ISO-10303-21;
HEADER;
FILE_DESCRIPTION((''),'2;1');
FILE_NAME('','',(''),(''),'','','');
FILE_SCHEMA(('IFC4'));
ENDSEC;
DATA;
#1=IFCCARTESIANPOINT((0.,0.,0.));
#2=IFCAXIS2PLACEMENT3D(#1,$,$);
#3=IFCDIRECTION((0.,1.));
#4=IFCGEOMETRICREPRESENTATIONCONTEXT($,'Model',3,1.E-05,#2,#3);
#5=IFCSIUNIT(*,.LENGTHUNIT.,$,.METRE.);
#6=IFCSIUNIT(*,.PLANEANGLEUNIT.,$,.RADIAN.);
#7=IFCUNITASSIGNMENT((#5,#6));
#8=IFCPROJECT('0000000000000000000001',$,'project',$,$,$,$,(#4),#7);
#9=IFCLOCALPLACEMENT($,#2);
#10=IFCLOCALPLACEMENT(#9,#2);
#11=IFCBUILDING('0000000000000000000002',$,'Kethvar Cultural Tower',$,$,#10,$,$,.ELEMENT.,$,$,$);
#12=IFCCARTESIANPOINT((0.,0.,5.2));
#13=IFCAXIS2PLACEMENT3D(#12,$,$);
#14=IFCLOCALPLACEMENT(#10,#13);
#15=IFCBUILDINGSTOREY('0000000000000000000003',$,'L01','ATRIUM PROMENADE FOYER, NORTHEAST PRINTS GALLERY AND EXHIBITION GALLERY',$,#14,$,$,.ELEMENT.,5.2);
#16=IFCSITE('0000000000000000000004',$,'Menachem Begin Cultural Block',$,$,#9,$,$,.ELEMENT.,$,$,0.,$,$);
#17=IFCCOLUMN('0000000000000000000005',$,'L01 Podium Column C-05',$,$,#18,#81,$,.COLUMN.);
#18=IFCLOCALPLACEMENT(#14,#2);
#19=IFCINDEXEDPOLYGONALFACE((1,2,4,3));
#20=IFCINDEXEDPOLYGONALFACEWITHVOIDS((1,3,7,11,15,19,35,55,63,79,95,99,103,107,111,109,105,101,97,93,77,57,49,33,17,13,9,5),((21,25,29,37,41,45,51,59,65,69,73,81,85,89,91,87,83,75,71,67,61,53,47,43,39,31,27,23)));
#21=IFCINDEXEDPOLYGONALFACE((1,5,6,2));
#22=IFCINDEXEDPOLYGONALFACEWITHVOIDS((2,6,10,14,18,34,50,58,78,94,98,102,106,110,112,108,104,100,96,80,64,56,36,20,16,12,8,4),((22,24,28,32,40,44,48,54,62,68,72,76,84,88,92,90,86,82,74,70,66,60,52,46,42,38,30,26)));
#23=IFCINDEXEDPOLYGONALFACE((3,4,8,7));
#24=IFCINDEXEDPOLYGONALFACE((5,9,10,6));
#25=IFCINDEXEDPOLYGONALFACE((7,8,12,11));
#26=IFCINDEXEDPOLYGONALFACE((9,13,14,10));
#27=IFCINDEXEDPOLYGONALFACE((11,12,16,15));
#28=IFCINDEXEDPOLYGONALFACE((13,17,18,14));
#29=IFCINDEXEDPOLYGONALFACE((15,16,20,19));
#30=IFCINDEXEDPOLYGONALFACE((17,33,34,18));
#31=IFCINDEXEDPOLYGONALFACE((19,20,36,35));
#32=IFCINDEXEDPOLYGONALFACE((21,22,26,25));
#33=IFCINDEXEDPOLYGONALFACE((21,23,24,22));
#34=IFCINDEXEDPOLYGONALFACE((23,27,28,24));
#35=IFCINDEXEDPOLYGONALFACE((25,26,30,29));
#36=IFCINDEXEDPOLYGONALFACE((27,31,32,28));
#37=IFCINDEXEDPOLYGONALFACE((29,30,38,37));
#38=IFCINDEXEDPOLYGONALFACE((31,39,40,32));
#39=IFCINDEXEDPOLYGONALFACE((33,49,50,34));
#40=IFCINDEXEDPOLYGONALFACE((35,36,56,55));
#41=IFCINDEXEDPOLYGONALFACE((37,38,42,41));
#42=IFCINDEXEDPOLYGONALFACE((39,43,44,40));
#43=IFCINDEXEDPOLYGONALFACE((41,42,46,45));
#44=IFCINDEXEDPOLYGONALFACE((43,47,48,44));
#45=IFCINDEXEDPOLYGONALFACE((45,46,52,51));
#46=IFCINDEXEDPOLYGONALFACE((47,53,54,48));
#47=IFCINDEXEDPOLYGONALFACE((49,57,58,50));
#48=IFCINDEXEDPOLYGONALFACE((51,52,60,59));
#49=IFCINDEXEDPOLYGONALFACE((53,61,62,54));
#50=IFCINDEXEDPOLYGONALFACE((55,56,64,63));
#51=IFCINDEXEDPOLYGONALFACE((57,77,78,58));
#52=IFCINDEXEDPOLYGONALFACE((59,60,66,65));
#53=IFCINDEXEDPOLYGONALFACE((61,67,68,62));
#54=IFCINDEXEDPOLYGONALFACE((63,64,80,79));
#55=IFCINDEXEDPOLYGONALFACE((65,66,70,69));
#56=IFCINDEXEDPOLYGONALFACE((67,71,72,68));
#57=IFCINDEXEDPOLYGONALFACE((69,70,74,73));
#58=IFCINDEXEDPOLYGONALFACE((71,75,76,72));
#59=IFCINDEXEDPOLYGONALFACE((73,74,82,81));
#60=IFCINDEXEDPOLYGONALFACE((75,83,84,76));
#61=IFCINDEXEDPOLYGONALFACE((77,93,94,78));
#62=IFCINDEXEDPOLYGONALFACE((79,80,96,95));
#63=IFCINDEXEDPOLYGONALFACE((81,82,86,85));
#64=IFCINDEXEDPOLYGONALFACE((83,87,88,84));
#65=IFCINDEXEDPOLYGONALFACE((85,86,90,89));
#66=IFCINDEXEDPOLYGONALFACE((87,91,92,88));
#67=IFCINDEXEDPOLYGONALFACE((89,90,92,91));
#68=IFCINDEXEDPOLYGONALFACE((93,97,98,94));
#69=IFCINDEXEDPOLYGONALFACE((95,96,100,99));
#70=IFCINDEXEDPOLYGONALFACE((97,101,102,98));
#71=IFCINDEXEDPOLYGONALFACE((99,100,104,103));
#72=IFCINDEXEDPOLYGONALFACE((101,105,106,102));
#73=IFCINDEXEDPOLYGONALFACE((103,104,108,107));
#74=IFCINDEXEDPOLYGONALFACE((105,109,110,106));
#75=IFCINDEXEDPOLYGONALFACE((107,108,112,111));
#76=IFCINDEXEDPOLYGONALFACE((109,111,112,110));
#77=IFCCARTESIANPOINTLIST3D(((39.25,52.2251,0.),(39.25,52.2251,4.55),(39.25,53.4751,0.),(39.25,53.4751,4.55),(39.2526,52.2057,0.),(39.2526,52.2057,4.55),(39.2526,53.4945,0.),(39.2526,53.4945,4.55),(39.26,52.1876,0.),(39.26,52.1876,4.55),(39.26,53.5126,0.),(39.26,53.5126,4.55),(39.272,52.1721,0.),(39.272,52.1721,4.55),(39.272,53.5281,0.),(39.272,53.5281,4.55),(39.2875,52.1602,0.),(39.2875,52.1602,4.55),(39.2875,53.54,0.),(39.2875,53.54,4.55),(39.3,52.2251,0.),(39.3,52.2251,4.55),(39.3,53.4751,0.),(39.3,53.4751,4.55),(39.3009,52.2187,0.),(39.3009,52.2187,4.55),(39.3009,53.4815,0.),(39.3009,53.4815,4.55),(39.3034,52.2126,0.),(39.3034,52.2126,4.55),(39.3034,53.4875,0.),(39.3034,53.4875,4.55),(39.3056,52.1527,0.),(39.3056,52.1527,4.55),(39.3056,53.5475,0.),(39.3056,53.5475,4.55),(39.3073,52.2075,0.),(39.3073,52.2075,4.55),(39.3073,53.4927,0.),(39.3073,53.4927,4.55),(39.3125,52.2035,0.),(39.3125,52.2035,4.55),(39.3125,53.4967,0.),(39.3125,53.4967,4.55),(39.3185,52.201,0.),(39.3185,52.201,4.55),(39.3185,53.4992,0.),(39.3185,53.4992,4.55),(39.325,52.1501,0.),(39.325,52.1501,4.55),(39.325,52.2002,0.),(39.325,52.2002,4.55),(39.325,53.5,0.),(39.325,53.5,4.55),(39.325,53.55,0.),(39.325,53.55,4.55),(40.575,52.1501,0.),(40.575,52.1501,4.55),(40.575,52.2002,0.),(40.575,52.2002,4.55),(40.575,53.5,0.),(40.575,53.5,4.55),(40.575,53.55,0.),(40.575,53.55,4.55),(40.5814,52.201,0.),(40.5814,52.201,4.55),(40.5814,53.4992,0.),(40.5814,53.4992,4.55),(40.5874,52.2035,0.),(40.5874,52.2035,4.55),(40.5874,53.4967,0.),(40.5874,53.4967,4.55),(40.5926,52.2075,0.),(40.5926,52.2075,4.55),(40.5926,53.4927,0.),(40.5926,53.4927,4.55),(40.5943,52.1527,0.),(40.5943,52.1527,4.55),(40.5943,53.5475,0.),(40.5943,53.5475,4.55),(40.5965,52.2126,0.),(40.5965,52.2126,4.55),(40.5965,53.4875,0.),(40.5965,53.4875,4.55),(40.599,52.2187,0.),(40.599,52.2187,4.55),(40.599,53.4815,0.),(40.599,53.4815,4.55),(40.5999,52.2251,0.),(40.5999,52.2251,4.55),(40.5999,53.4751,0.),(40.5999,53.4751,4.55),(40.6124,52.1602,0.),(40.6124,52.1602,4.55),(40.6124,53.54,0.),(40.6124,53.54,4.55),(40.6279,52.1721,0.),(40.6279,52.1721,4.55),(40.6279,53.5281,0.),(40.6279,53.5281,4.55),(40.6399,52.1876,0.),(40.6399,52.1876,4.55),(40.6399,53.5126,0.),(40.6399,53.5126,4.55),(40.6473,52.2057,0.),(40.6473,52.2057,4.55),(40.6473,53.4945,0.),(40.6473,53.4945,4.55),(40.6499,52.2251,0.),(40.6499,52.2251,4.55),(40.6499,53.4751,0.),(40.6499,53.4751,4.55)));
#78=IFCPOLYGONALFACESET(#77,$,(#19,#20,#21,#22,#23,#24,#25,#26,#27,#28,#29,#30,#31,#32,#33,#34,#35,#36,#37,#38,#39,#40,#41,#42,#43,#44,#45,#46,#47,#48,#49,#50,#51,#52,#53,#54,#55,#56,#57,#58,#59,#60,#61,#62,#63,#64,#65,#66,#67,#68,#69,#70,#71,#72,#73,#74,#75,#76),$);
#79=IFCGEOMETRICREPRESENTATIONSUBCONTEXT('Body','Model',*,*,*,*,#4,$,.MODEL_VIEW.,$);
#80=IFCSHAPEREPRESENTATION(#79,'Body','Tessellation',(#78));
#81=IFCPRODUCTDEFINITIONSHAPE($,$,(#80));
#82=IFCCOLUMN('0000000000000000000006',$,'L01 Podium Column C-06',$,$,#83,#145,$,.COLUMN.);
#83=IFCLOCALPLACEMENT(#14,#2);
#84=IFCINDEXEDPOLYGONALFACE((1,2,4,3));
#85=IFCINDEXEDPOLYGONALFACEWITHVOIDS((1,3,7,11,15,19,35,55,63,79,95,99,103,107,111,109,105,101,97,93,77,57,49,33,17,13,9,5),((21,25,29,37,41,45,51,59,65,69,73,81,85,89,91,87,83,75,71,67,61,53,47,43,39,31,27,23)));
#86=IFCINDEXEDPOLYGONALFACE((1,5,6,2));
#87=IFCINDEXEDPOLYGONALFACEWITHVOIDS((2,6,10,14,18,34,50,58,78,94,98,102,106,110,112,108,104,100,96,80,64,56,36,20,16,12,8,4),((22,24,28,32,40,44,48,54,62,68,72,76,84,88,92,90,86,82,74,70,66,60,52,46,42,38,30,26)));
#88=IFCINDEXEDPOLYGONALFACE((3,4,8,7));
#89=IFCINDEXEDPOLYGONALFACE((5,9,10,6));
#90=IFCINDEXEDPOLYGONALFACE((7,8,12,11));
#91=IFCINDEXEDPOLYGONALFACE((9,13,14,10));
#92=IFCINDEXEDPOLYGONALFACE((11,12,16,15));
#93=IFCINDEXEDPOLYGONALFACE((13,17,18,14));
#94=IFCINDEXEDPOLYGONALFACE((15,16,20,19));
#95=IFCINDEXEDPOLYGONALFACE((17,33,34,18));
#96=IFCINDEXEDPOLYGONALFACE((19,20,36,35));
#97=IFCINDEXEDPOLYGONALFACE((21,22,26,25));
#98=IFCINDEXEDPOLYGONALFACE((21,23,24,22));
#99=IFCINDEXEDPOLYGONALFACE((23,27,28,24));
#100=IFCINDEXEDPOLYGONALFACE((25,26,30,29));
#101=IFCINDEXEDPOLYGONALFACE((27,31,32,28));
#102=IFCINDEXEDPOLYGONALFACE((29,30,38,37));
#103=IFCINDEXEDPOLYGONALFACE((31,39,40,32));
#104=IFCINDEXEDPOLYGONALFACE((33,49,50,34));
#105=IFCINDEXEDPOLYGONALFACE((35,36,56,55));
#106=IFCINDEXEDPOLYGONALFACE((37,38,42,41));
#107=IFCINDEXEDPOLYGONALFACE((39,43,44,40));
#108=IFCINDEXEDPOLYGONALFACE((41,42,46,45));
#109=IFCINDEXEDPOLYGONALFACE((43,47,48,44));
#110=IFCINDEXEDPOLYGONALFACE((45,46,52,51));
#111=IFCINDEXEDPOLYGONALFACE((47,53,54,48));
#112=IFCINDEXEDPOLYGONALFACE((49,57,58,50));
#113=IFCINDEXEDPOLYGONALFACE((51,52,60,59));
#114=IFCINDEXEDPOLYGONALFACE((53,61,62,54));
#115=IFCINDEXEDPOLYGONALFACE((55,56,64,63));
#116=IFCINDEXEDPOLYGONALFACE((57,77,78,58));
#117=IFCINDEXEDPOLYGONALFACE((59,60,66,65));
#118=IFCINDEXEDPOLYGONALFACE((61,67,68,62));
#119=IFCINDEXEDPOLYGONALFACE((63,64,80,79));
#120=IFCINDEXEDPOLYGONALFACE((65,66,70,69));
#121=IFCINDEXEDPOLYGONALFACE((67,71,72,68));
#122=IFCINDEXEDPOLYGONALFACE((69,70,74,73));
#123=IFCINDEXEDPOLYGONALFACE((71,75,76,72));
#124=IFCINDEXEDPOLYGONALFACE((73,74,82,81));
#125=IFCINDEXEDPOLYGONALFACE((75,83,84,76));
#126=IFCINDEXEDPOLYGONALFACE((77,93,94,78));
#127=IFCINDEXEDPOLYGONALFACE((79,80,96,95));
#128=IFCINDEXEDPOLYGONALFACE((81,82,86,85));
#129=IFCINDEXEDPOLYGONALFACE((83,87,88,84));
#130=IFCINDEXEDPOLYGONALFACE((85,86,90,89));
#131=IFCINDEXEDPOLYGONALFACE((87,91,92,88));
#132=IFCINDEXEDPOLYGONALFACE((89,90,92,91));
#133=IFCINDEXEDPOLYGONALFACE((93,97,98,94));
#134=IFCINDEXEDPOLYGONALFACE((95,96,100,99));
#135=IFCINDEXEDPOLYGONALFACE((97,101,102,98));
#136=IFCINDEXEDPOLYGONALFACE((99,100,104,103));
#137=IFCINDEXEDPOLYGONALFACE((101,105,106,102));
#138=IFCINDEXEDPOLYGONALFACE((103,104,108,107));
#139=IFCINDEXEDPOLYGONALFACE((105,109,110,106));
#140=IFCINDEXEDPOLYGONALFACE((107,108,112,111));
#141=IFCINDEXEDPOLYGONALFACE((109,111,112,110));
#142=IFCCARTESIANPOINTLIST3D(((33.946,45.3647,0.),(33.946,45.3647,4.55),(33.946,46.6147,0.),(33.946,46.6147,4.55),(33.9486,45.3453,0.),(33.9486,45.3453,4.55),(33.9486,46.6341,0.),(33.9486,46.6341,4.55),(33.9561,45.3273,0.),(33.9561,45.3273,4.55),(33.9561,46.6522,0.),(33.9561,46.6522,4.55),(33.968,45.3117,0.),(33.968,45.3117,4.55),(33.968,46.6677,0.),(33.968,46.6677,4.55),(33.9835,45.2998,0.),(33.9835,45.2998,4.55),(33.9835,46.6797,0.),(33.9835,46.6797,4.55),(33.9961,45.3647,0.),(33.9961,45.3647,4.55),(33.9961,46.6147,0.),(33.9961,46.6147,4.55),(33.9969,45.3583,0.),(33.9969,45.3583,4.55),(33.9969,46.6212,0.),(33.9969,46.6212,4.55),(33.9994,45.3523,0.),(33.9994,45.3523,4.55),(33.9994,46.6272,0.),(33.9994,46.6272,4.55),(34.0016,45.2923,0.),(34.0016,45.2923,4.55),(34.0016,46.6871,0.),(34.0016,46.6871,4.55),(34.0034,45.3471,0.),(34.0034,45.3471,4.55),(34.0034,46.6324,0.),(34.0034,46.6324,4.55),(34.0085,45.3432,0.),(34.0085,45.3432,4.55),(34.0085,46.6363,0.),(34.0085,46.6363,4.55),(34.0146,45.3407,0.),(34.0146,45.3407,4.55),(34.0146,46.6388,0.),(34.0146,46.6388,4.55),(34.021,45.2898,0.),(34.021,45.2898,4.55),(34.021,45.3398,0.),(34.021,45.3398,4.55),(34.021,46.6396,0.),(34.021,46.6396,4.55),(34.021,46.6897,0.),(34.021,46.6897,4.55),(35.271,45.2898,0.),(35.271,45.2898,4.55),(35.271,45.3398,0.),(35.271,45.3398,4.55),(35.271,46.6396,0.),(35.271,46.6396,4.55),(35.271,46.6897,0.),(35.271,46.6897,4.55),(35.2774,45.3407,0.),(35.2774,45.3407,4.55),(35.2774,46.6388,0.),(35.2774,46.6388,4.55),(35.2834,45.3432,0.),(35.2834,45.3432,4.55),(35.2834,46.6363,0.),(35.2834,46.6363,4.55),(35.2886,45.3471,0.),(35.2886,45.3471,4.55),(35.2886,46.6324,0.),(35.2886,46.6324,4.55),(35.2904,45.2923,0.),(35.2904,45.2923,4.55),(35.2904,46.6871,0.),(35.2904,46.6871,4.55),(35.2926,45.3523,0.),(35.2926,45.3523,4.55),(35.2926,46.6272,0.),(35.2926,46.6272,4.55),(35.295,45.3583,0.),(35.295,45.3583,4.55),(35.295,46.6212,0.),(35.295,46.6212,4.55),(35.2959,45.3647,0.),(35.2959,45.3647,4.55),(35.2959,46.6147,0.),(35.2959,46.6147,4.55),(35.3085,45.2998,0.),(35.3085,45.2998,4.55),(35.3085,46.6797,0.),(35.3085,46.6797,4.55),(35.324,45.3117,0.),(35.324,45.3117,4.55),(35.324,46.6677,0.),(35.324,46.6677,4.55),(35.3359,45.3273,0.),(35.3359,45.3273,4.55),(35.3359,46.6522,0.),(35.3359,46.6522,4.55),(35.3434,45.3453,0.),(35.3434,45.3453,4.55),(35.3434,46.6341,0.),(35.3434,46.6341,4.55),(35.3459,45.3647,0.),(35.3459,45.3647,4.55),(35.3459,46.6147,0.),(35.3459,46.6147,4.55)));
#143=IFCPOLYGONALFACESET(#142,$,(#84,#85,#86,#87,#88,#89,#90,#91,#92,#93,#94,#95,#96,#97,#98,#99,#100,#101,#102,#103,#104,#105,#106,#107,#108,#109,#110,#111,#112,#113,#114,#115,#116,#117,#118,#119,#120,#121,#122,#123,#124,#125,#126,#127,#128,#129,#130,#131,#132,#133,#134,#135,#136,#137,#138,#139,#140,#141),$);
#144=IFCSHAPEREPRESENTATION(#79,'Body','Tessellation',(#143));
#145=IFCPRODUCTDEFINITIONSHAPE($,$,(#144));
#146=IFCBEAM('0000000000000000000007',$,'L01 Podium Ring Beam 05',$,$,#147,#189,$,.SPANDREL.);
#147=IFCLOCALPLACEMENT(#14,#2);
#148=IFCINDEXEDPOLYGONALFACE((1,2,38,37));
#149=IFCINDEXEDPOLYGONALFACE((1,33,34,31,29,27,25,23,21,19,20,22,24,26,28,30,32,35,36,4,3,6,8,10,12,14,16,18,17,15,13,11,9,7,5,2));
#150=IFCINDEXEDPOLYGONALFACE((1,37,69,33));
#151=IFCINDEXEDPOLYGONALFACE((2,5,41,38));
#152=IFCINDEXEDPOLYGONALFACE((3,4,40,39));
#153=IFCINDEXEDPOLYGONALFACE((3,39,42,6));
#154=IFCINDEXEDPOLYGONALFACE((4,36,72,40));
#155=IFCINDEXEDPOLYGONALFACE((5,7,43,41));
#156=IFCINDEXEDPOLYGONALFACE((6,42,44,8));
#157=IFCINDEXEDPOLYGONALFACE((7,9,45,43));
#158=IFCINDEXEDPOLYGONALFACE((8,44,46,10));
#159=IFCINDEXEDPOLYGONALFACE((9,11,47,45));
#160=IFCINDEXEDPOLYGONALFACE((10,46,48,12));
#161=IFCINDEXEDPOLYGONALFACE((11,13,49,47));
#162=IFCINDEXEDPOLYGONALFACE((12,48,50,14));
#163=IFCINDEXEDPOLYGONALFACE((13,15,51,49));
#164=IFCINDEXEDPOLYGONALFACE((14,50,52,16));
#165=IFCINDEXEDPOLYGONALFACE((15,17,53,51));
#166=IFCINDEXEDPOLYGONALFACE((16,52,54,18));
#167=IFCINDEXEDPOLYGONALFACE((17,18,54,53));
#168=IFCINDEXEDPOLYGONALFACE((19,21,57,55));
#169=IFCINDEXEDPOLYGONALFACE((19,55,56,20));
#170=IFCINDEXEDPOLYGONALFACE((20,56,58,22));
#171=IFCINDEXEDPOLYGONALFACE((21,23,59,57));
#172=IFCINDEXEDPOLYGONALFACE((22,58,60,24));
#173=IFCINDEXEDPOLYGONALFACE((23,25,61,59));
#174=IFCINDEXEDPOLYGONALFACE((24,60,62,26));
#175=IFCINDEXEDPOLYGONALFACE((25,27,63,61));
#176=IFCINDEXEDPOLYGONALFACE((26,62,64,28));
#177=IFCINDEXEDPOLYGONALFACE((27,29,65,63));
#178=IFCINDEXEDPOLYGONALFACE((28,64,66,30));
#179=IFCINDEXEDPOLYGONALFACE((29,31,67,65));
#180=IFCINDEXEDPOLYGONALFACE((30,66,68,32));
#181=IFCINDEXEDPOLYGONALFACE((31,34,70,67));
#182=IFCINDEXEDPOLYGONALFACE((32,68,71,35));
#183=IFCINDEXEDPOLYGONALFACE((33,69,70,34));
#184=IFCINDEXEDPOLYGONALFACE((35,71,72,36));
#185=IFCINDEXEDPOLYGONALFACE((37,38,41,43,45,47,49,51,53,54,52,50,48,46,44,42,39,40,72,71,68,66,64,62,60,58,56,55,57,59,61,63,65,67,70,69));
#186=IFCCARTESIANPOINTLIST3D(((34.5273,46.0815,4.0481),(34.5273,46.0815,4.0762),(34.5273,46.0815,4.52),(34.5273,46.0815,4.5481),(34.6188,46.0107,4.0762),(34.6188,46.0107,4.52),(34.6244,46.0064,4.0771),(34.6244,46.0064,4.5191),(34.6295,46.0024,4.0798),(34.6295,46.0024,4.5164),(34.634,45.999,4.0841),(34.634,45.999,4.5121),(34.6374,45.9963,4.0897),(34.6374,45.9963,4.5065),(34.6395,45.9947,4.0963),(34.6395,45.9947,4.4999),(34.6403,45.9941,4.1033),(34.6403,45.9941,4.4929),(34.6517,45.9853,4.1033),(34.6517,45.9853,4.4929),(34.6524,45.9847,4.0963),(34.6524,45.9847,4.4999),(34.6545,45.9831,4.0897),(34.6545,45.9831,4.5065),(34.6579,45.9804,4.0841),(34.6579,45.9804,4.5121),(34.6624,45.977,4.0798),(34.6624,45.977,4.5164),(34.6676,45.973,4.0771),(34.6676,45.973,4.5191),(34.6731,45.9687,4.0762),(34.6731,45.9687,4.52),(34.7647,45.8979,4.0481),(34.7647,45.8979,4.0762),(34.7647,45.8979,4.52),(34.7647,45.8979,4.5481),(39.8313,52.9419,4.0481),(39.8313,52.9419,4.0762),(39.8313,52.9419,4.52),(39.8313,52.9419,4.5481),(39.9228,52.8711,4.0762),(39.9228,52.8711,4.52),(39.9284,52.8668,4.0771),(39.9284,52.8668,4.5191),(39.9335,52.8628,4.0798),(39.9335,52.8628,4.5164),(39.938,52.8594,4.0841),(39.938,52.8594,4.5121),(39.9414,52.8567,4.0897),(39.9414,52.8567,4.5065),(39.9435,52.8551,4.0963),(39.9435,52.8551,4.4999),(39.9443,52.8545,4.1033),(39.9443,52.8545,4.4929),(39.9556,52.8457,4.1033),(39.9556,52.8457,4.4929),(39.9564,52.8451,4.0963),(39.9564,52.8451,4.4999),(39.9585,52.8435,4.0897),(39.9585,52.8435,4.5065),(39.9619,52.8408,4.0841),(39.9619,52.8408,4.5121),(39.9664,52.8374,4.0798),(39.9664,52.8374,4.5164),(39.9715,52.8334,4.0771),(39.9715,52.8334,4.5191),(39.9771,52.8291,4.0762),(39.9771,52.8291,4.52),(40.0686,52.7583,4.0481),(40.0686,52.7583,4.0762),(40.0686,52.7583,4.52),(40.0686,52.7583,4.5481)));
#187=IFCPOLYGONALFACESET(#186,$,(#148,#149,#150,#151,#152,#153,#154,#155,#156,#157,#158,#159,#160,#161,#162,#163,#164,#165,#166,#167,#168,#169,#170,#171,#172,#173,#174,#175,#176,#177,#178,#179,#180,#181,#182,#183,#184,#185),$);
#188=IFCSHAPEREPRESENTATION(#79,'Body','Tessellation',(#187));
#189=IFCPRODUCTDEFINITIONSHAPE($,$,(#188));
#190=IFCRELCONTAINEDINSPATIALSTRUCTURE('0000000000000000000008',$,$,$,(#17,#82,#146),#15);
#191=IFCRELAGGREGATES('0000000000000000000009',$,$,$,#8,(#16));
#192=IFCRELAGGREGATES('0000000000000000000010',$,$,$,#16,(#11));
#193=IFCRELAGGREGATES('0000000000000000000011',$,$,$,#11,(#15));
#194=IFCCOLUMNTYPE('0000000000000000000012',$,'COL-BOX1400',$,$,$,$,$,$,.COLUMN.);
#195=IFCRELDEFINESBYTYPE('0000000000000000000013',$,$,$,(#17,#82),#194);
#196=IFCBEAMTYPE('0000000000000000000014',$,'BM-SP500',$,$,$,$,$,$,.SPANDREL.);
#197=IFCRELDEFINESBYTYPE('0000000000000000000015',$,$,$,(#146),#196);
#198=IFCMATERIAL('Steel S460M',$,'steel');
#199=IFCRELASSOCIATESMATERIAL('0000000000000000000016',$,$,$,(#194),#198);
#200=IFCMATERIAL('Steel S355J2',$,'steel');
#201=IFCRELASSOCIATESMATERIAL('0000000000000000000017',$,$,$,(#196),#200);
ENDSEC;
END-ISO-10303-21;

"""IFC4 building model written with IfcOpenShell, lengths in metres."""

from ifc_helpers import new_model, si_unit, direction, frame, origin, origin_2d, place, context, subcontext, project, spatial, hollow_rectangle, i_section, extrude, source, transform, mapped, material, material_profile, profile_set, type_object, element, save


model = new_model("IFC4")

# Units and contexts
model_context = context("Model", 3, precision=1e-05, world=origin(), true_north=direction((0.0, 1.0)))
body_context = subcontext(model_context, "Body", "Model", "MODEL_VIEW")
ifc_project = project(units=[si_unit("LENGTHUNIT", "METRE"), si_unit("PLANEANGLEUNIT", "RADIAN")], contexts=[model_context])

# Site, building, storey
site_placement = place(None, origin())
site = spatial("IfcSite", under=ifc_project, at=site_placement, Name="Menachem Begin Cultural Block", CompositionType="ELEMENT", RefElevation=0.0)
building_placement = place(site_placement, origin())
building = spatial("IfcBuilding", under=site, at=building_placement, Name="Kethvar Cultural Tower", CompositionType="ELEMENT")
storey_placement = place(building_placement, frame((0.0, 0.0, 5.2)))
storey = spatial("IfcBuildingStorey", under=building, at=storey_placement, Name="L01", Description="ATRIUM PROMENADE FOYER, NORTHEAST PRINTS GALLERY AND EXHIBITION GALLERY", CompositionType="ELEMENT", Elevation=5.2)

# Columns
ifc_material_1 = material(Name="Steel S460M", Category="steel")
ifc_material_profile_1 = material_profile(ifc_material_1, hollow_rectangle(XDim=1.3999, YDim=1.3999, WallThickness=0.05, InnerFilletRadius=0.0249, OuterFilletRadius=0.075, at=origin_2d()), Name="Steel S460M — BOX1400x1400x50")
ifc_profile_set_1 = profile_set([ifc_material_profile_1], Name="Steel S460M — BOX1400x1400x50")
column_type = type_object("IfcColumnType", Name="COL-BOX1400", PredefinedType="COLUMN", material=ifc_profile_set_1)
shared_shape_1 = source(origin(), body_context, "Body", "SweptSolid", [
    extrude(hollow_rectangle(XDim=1.3999, YDim=1.3999, WallThickness=0.05, InnerFilletRadius=0.0249, OuterFilletRadius=0.075, at=origin_2d()), origin(), (0.0, 0.0, 1.0), 4.55),
])
for number, where, z_axis, x_axis, name in (
    (1, (39.95, 52.8501, 0.0), (0.0, 0.0, 1.0), (1.0, 0.0, 0.0), "L01 Podium Column C-05"),
    (2, (34.646, 45.9897, 0.0), (0.0, 0.0, 1.0), (1.0, 0.0, 0.0), "L01 Podium Column C-06"),
):
    element("IfcColumn", number, at=place(storey_placement, frame(where, z_axis=z_axis, x_axis=x_axis)), inside=storey, type_object=column_type, Name=name, PredefinedType="COLUMN", context=body_context, shape_type="MappedRepresentation", body=[
        mapped(shared_shape_1, transform((0.0, 0.0, 0.0), scale=1.0)),
    ])

# Beam
ifc_material_2 = material(Name="Steel S355J2", Category="steel")
ifc_material_profile_2 = material_profile(ifc_material_2, i_section(OverallWidth=0.3, OverallDepth=0.5, WebThickness=0.0144, FlangeThickness=0.0281, FilletRadius=0.0271, at=origin_2d()), Name="Steel S355J2 — HEB500")
ifc_profile_set_2 = profile_set([ifc_material_profile_2], Name="Steel S355J2 — HEB500")
beam_type_1 = type_object("IfcBeamType", Name="BM-SP500", PredefinedType="SPANDREL", material=ifc_profile_set_2)
shared_shape_2 = source(origin(), body_context, "Body", "SweptSolid", [
    extrude(i_section(OverallWidth=0.3, OverallDepth=0.5, WebThickness=0.0144, FlangeThickness=0.0281, FilletRadius=0.0271, at=origin_2d()), origin(), (0.0, 0.0, 1.0), 8.6716),
])
beam_1_placement = place(storey_placement, frame((39.95, 52.8501, 4.2981), z_axis=(-0.611648, -0.79113, 0.0), x_axis=(0.79113, -0.611648, 0.0)))
element("IfcBeam", 3, at=beam_1_placement, inside=storey, type_object=beam_type_1, Name="L01 Podium Ring Beam 05", PredefinedType="SPANDREL", context=body_context, shape_type="MappedRepresentation", body=[
    mapped(shared_shape_2, transform((0.0, 0.0, 0.0), scale=1.0)),
])

save(model, "model.ifc")
